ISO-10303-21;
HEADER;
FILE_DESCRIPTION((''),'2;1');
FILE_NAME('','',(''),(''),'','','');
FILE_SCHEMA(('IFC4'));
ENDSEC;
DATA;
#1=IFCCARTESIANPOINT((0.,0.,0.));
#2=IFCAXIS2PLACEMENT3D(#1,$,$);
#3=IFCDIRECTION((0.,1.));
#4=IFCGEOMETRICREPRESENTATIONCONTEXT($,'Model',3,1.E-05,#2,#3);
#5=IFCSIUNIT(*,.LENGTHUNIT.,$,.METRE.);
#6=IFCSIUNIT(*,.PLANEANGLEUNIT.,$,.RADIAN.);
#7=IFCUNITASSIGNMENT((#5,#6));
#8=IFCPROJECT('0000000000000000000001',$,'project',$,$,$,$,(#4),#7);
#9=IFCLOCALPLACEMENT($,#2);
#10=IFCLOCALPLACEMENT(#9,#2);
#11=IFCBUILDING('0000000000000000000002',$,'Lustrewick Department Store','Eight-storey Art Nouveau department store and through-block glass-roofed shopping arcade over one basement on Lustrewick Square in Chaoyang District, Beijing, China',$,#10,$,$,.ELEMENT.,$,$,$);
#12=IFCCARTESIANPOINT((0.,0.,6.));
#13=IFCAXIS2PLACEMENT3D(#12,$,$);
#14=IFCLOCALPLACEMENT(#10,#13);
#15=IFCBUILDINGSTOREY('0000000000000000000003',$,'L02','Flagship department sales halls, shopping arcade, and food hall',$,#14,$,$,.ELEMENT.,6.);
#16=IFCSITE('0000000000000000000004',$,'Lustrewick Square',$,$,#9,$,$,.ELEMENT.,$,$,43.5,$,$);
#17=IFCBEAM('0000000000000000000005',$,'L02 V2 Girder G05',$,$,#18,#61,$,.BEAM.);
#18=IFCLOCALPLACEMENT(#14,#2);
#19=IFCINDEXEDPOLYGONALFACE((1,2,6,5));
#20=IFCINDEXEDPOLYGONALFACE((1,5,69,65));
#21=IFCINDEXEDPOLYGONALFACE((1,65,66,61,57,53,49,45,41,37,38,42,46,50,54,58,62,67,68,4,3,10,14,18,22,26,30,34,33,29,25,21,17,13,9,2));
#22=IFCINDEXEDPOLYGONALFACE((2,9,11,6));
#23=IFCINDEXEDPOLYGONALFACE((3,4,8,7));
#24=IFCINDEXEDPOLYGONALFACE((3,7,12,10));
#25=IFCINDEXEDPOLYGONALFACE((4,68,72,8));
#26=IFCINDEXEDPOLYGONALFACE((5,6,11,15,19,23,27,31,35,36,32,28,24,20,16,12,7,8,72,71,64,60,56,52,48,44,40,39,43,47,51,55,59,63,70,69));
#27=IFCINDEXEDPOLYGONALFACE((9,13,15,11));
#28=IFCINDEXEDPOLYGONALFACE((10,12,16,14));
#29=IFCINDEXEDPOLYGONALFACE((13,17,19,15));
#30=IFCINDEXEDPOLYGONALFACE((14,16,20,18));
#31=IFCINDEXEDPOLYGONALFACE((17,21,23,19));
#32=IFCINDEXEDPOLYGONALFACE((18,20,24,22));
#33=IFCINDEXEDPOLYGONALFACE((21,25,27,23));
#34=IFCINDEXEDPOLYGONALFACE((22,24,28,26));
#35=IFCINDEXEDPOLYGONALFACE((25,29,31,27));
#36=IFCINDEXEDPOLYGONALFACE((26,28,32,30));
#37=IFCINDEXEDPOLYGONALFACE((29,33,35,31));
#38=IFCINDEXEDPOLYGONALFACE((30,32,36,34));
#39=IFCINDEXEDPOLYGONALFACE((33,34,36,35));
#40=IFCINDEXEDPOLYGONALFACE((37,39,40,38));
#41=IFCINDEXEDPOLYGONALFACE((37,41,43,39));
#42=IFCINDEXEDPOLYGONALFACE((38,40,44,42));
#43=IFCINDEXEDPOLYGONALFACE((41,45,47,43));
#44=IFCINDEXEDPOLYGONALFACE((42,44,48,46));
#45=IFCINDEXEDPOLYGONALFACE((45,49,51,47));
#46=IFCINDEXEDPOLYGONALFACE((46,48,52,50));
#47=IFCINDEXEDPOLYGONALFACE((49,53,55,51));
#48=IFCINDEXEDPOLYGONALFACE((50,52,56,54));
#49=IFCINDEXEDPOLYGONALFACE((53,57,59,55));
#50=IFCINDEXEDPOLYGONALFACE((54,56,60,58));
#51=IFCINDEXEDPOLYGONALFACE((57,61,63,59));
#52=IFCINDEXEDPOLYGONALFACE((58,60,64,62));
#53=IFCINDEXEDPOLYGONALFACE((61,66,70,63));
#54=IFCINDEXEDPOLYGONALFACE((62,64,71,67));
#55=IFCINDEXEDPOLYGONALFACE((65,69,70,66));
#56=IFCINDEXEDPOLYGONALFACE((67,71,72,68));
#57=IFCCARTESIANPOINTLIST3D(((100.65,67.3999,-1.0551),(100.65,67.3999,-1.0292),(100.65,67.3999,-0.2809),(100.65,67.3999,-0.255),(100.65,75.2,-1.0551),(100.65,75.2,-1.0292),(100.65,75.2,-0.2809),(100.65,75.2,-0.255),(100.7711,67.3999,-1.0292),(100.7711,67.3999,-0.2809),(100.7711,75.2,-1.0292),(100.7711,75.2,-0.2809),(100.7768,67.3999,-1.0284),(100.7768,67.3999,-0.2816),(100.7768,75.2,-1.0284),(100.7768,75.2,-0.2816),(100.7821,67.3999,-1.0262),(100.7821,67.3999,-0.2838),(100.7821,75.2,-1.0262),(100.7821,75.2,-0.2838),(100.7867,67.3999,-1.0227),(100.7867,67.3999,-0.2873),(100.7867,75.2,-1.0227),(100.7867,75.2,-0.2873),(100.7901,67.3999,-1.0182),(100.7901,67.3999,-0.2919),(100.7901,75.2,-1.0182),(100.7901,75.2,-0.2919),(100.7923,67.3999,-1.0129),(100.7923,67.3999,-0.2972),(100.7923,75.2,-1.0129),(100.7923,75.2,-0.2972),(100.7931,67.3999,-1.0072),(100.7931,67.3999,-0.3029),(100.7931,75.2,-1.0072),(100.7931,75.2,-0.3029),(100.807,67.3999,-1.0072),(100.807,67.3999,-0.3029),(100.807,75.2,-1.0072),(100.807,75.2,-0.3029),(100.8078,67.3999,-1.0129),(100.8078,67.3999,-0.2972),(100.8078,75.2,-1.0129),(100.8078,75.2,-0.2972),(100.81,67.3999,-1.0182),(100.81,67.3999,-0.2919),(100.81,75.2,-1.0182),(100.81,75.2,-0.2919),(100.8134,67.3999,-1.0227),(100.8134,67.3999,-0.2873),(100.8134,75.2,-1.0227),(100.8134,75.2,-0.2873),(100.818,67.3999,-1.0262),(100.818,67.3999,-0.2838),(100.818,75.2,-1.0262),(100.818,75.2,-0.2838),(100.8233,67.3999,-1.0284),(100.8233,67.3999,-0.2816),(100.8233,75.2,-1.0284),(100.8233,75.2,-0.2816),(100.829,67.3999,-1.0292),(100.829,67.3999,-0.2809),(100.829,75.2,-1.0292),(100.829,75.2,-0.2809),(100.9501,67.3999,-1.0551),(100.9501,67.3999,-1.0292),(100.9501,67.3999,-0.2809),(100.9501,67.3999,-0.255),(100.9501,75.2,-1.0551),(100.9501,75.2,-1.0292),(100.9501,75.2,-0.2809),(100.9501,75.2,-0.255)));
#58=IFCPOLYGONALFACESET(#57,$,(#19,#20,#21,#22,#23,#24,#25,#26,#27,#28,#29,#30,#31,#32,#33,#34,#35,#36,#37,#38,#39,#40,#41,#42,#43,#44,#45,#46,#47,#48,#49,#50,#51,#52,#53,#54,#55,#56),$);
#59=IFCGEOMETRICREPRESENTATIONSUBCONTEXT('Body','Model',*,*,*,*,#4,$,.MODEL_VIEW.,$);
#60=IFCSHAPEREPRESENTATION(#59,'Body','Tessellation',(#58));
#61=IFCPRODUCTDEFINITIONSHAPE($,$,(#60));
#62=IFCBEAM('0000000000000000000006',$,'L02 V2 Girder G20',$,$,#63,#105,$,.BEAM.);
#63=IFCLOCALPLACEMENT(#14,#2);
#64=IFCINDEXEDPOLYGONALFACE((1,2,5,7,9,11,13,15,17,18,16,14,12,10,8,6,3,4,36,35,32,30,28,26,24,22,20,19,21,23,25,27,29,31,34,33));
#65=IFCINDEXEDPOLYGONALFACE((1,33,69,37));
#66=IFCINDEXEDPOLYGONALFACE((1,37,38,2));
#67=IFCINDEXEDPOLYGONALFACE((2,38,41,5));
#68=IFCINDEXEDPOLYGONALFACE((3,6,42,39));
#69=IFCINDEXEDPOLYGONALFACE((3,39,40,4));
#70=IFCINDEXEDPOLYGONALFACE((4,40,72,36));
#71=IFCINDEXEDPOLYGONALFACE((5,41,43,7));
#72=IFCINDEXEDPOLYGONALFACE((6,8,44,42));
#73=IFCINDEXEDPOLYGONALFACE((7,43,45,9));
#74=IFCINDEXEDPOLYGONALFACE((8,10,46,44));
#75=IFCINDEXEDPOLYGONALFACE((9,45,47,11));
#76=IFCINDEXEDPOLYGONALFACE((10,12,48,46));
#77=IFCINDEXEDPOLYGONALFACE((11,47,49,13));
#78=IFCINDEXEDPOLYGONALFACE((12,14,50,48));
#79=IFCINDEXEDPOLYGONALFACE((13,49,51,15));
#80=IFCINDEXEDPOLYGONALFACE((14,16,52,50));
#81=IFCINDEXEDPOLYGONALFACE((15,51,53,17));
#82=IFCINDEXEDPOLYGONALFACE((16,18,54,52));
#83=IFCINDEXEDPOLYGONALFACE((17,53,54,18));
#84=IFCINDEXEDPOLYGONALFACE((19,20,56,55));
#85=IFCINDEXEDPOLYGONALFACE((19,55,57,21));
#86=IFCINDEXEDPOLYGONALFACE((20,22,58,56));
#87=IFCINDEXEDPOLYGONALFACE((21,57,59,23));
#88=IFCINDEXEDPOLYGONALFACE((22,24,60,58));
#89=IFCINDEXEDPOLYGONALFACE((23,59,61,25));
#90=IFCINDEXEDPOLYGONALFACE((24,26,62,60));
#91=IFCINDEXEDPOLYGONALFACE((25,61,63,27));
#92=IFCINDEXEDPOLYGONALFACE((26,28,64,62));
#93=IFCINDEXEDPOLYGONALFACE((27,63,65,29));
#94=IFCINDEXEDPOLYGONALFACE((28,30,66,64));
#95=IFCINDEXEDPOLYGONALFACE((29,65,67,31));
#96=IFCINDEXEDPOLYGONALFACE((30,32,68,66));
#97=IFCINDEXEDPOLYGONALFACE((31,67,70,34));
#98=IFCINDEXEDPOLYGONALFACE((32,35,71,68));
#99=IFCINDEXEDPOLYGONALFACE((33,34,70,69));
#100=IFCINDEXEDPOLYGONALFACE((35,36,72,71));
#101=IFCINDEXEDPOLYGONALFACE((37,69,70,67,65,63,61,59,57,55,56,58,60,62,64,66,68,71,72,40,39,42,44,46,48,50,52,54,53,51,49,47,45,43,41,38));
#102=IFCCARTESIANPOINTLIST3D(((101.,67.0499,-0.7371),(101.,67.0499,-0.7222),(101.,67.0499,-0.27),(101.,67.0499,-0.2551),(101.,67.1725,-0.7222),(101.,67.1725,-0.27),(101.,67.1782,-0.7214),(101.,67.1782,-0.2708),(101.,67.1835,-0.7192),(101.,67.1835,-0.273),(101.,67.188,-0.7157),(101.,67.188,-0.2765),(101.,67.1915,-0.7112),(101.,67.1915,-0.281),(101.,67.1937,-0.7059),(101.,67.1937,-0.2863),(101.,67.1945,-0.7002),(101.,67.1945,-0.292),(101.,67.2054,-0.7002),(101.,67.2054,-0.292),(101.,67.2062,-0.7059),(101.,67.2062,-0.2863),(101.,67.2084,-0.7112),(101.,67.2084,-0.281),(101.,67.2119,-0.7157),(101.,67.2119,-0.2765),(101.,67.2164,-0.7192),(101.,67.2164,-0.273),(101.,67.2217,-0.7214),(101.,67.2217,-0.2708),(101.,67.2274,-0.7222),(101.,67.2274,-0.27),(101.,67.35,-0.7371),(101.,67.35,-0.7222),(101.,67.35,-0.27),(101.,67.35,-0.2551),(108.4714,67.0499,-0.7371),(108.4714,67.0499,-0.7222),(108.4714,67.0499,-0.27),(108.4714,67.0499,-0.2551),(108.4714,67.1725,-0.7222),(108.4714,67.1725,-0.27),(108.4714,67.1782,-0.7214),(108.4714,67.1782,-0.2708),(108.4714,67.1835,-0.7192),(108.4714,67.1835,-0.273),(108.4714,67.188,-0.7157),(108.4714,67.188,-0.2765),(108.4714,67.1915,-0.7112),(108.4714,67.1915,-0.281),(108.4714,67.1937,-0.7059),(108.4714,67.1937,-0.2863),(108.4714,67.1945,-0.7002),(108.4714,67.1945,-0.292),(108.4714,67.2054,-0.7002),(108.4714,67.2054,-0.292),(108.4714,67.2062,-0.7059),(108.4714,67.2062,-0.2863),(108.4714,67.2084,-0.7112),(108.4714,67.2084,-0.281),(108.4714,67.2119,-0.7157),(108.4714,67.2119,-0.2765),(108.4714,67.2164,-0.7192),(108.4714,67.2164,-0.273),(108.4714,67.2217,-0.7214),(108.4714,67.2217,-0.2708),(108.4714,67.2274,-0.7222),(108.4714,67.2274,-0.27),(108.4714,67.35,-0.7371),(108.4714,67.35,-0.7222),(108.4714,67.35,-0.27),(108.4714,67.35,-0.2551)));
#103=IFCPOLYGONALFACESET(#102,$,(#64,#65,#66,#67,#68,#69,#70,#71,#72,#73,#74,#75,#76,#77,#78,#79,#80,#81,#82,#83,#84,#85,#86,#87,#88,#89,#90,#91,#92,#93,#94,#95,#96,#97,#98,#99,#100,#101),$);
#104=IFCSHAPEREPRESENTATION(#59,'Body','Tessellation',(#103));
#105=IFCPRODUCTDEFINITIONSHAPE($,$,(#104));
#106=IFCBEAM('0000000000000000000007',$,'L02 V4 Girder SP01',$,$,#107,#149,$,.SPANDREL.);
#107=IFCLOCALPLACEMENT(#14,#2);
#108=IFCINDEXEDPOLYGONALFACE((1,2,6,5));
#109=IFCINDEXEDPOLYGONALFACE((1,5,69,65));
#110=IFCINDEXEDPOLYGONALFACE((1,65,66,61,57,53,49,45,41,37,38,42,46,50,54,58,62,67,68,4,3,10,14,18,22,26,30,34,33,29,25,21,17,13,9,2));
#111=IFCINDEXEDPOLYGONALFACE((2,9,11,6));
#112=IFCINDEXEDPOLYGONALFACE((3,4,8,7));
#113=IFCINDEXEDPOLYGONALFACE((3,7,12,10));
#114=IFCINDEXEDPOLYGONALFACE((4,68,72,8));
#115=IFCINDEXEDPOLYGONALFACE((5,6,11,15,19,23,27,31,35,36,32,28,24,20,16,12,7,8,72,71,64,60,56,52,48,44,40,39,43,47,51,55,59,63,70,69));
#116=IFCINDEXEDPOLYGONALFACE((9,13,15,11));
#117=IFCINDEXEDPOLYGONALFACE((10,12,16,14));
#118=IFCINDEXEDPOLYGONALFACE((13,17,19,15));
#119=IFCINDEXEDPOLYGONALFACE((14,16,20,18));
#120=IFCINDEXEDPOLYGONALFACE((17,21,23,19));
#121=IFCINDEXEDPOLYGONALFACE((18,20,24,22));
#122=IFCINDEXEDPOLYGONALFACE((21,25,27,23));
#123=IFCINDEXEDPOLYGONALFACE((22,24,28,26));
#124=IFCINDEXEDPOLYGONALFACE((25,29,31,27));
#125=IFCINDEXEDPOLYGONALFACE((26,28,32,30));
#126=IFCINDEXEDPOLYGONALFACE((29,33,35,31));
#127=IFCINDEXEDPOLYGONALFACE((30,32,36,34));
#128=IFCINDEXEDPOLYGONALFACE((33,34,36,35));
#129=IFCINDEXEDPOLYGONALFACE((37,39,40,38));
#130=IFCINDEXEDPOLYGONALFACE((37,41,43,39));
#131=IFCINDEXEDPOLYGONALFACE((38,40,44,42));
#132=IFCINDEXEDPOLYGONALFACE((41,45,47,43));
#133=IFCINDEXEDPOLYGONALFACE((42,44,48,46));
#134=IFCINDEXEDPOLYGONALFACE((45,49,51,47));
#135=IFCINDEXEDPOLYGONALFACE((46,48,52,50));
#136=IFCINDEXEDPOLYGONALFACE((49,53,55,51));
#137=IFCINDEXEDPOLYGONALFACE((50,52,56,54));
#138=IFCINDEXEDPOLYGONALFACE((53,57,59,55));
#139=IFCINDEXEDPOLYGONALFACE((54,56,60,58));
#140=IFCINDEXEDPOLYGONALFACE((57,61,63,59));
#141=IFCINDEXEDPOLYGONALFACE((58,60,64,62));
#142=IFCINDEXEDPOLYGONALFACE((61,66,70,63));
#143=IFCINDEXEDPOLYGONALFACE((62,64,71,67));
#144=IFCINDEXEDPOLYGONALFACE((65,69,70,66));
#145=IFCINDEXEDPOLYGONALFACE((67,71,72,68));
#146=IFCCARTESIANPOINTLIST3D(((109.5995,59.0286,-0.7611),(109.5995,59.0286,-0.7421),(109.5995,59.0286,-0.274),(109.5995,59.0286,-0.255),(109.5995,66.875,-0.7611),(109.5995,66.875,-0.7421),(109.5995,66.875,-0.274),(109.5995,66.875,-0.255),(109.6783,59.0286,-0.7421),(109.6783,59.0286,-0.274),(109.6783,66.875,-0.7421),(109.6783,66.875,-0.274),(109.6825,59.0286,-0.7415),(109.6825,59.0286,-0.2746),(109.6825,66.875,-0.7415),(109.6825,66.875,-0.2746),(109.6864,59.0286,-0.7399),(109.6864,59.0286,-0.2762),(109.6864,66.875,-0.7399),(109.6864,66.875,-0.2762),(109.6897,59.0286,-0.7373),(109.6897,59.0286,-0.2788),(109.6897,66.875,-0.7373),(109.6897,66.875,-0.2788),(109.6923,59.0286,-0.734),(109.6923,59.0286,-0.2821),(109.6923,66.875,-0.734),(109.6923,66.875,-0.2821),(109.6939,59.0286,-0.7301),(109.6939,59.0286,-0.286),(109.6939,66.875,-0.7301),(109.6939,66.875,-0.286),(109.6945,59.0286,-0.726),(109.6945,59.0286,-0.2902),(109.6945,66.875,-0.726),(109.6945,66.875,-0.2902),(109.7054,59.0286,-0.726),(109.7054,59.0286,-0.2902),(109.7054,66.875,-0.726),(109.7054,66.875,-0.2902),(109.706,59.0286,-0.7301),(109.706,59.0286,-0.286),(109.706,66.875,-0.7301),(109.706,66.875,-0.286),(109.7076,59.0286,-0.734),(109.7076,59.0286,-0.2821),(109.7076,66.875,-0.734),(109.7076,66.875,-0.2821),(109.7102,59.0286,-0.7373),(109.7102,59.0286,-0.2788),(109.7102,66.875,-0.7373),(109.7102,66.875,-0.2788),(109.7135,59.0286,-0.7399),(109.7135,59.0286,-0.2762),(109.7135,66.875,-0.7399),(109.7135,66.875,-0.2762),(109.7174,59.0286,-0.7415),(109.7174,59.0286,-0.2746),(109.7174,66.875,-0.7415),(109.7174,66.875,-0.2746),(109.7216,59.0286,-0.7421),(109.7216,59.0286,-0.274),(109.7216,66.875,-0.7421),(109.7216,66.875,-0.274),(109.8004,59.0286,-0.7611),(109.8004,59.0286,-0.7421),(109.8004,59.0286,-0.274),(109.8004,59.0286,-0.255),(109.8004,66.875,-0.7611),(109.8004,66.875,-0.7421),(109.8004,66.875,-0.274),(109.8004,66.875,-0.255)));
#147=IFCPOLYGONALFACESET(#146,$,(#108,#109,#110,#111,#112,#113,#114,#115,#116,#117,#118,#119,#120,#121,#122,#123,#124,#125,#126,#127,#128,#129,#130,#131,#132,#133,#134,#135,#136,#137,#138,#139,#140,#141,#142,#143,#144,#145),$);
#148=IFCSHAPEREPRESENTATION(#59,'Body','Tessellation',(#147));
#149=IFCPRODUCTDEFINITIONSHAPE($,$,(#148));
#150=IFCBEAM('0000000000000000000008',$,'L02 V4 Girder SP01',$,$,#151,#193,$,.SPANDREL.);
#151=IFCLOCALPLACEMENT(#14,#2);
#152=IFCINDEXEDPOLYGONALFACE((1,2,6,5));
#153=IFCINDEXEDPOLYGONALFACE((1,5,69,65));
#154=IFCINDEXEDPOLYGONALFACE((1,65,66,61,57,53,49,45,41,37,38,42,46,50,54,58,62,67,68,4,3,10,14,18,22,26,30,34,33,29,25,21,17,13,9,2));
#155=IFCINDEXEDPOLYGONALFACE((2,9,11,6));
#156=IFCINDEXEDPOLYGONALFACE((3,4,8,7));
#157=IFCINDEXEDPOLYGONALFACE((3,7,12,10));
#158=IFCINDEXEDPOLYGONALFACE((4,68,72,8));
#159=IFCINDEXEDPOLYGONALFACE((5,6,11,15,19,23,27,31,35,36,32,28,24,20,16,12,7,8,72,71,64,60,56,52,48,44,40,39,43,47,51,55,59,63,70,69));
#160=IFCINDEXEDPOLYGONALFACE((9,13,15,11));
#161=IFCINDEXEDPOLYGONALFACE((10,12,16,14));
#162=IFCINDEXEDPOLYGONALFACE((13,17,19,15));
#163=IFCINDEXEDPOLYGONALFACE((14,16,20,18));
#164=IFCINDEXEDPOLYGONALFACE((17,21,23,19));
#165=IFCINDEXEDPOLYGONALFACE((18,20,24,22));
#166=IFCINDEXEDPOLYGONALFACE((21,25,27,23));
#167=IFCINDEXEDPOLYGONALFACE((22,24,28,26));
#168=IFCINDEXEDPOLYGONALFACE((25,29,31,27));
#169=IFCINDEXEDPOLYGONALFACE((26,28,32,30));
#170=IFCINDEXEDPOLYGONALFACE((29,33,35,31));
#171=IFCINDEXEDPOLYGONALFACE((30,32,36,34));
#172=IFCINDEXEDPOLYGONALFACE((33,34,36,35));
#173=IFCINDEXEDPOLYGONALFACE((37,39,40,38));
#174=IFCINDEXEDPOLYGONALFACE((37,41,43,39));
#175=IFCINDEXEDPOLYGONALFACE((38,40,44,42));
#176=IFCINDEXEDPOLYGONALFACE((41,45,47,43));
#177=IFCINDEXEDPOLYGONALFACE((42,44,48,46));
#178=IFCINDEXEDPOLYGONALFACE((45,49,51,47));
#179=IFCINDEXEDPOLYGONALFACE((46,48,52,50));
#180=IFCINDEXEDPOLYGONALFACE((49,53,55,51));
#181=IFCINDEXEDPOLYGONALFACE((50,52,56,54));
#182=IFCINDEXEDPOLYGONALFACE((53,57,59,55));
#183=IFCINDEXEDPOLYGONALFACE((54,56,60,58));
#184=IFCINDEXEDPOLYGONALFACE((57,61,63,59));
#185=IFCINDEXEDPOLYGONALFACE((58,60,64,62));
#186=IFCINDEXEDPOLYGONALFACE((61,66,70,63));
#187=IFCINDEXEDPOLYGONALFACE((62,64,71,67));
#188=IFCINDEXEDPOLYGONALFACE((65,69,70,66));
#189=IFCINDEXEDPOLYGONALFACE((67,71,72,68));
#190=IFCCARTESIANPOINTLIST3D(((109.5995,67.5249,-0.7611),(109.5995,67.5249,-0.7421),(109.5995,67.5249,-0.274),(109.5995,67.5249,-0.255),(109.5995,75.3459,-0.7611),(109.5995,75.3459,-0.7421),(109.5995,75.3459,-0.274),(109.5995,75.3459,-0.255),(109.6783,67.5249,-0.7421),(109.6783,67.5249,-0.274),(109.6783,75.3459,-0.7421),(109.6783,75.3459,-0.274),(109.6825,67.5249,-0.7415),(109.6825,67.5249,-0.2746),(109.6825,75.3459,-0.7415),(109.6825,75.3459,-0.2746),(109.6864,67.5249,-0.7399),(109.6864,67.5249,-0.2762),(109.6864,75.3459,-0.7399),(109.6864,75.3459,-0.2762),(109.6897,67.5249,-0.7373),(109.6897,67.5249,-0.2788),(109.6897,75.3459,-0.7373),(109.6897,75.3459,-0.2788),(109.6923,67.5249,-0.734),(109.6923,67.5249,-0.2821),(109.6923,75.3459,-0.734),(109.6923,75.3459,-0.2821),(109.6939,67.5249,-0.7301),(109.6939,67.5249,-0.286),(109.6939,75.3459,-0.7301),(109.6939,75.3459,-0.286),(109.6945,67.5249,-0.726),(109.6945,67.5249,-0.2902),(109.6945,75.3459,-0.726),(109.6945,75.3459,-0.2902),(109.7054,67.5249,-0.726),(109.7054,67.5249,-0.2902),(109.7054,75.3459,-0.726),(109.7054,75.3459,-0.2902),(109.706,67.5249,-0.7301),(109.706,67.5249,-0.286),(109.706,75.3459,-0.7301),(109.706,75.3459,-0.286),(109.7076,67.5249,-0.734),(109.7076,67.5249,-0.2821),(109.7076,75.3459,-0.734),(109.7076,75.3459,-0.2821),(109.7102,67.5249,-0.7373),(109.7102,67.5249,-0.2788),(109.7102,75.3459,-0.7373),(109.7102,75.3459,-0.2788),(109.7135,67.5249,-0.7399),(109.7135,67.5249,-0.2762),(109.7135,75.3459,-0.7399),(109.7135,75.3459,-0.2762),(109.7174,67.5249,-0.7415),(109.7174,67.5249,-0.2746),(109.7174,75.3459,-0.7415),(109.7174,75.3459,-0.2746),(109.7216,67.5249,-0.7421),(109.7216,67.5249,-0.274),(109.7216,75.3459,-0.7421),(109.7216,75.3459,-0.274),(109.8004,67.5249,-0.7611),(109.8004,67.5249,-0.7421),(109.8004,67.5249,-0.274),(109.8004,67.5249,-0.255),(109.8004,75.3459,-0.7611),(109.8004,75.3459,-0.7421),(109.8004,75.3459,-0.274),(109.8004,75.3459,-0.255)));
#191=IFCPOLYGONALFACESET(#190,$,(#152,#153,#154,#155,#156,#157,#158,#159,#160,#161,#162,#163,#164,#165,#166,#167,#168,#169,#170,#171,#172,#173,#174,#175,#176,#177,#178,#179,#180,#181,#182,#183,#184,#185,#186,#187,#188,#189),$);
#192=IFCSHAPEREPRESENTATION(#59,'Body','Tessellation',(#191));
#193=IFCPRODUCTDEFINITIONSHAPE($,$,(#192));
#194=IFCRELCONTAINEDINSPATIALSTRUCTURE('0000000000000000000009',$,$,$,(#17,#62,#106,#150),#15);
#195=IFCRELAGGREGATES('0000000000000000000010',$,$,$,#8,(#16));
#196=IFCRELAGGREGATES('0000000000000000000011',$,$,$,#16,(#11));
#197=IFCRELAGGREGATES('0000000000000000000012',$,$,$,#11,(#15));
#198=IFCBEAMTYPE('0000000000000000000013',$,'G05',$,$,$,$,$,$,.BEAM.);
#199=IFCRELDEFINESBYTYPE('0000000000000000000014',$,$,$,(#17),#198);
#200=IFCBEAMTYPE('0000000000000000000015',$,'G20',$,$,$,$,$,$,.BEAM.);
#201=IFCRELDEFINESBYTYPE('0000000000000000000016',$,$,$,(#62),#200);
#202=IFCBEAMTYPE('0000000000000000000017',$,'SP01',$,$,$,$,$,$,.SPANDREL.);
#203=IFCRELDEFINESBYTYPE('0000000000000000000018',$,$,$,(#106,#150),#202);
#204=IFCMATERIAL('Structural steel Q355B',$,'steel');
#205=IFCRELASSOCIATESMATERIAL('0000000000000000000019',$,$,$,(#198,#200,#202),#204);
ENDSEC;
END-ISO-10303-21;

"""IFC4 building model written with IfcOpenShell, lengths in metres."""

from ifc_helpers import new_model, si_unit, direction, frame, origin, origin_2d, place, context, subcontext, project, spatial, i_section, extrude, material, material_profile, profile_set, type_object, element, save


model = new_model("IFC4")

# Units and contexts
model_context = context("Model", 3, precision=1e-05, world=origin(), true_north=direction((0.0, 1.0)))
body_context = subcontext(model_context, "Body", "Model", "MODEL_VIEW")
ifc_project = project(units=[si_unit("LENGTHUNIT", "METRE"), si_unit("PLANEANGLEUNIT", "RADIAN")], contexts=[model_context])

# Site, building, storey
site_placement = place(None, origin())
site = spatial("IfcSite", under=ifc_project, at=site_placement, Name="Lustrewick Square", CompositionType="ELEMENT", RefElevation=43.5)
building_placement = place(site_placement, origin())
building = spatial("IfcBuilding", under=site, at=building_placement, Name="Lustrewick Department Store", Description="Eight-storey Art Nouveau department store and through-block glass-roofed shopping arcade over one basement on Lustrewick Square in Chaoyang District, Beijing, China", CompositionType="ELEMENT")
storey_placement = place(building_placement, frame((0.0, 0.0, 6.0)))
storey = spatial("IfcBuildingStorey", under=building, at=storey_placement, Name="L02", Description="Flagship department sales halls, shopping arcade, and food hall", CompositionType="ELEMENT", Elevation=6.0)

# Shared definitions
ifc_material_1 = material(Name="Structural steel Q355B", Category="steel")

# Beams
ifc_material_profile_1 = material_profile(ifc_material_1, i_section(OverallWidth=0.3, OverallDepth=0.8, WebThickness=0.0139, FlangeThickness=0.0259, FilletRadius=0.022, at=origin_2d()), Name="HN 800x300x14x26")
ifc_profile_set_1 = profile_set([ifc_material_profile_1], Name="Structural steel Q355B")
beam_type_1 = type_object("IfcBeamType", Name="G05", PredefinedType="BEAM", material=ifc_profile_set_1)
beam_1_placement = place(storey_placement, frame((100.8, 67.3999, -0.655), z_axis=(0.0, 1.0, 0.0), x_axis=(-1.0, 0.0, 0.0)))
element("IfcBeam", 1, at=beam_1_placement, inside=storey, type_object=beam_type_1, Name="L02 V2 Girder G05", PredefinedType="BEAM", context=body_context, shape_type="SweptSolid", body=[
    extrude(i_section(OverallWidth=0.3, OverallDepth=0.8, WebThickness=0.0139, FlangeThickness=0.0259, FilletRadius=0.022, at=origin_2d()), origin(), (0.0, 0.0, 1.0), 7.8),
])
ifc_material_profile_2 = material_profile(ifc_material_1, i_section(OverallWidth=0.3, OverallDepth=0.4819, WebThickness=0.011, FlangeThickness=0.0149, FilletRadius=0.022, at=origin_2d()), Name="HM 482x300x11x15")
ifc_profile_set_2 = profile_set([ifc_material_profile_2], Name="Structural steel Q355B")
beam_type_2 = type_object("IfcBeamType", Name="G20", PredefinedType="BEAM", material=ifc_profile_set_2)
beam_2_placement = place(storey_placement, frame((101.0, 67.2, -0.4961), z_axis=(1.0, 0.0, 0.0), x_axis=(0.0, 1.0, 0.0)))
element("IfcBeam", 2, at=beam_2_placement, inside=storey, type_object=beam_type_2, Name="L02 V2 Girder G20", PredefinedType="BEAM", context=body_context, shape_type="SweptSolid", body=[
    extrude(i_section(OverallWidth=0.3, OverallDepth=0.4819, WebThickness=0.011, FlangeThickness=0.0149, FilletRadius=0.022, at=origin_2d()), origin(), (0.0, 0.0, 1.0), 7.4714),
])
ifc_material_profile_3 = material_profile(ifc_material_1, i_section(OverallWidth=0.2009, OverallDepth=0.5061, WebThickness=0.011, FlangeThickness=0.019, FilletRadius=0.0161, at=origin_2d()), Name="HN 506x201x11x19")
ifc_profile_set_3 = profile_set([ifc_material_profile_3], Name="Structural steel Q355B")
beam_type_3 = type_object("IfcBeamType", Name="SP01", PredefinedType="SPANDREL", material=ifc_profile_set_3)
beam_3_placement = place(storey_placement, frame((109.7, 59.0286, -0.5081), z_axis=(0.0, 1.0, 0.0), x_axis=(-1.0, 0.0, 0.0)))
element("IfcBeam", 3, at=beam_3_placement, inside=storey, type_object=beam_type_3, Name="L02 V4 Girder SP01", PredefinedType="SPANDREL", context=body_context, shape_type="SweptSolid", body=[
    extrude(i_section(OverallWidth=0.2009, OverallDepth=0.5061, WebThickness=0.011, FlangeThickness=0.019, FilletRadius=0.0161, at=origin_2d()), origin(), (0.0, 0.0, 1.0), 7.8464),
])
beam_4_placement = place(storey_placement, frame((109.7, 67.5249, -0.5081), z_axis=(0.0, 1.0, 0.0), x_axis=(-1.0, 0.0, 0.0)))
element("IfcBeam", 4, at=beam_4_placement, inside=storey, type_object=beam_type_3, Name="L02 V4 Girder SP01", PredefinedType="SPANDREL", context=body_context, shape_type="SweptSolid", body=[
    extrude(i_section(OverallWidth=0.2009, OverallDepth=0.5061, WebThickness=0.011, FlangeThickness=0.019, FilletRadius=0.0161, at=origin_2d()), origin(), (0.0, 0.0, 1.0), 7.821),
])

save(model, "model.ifc")
